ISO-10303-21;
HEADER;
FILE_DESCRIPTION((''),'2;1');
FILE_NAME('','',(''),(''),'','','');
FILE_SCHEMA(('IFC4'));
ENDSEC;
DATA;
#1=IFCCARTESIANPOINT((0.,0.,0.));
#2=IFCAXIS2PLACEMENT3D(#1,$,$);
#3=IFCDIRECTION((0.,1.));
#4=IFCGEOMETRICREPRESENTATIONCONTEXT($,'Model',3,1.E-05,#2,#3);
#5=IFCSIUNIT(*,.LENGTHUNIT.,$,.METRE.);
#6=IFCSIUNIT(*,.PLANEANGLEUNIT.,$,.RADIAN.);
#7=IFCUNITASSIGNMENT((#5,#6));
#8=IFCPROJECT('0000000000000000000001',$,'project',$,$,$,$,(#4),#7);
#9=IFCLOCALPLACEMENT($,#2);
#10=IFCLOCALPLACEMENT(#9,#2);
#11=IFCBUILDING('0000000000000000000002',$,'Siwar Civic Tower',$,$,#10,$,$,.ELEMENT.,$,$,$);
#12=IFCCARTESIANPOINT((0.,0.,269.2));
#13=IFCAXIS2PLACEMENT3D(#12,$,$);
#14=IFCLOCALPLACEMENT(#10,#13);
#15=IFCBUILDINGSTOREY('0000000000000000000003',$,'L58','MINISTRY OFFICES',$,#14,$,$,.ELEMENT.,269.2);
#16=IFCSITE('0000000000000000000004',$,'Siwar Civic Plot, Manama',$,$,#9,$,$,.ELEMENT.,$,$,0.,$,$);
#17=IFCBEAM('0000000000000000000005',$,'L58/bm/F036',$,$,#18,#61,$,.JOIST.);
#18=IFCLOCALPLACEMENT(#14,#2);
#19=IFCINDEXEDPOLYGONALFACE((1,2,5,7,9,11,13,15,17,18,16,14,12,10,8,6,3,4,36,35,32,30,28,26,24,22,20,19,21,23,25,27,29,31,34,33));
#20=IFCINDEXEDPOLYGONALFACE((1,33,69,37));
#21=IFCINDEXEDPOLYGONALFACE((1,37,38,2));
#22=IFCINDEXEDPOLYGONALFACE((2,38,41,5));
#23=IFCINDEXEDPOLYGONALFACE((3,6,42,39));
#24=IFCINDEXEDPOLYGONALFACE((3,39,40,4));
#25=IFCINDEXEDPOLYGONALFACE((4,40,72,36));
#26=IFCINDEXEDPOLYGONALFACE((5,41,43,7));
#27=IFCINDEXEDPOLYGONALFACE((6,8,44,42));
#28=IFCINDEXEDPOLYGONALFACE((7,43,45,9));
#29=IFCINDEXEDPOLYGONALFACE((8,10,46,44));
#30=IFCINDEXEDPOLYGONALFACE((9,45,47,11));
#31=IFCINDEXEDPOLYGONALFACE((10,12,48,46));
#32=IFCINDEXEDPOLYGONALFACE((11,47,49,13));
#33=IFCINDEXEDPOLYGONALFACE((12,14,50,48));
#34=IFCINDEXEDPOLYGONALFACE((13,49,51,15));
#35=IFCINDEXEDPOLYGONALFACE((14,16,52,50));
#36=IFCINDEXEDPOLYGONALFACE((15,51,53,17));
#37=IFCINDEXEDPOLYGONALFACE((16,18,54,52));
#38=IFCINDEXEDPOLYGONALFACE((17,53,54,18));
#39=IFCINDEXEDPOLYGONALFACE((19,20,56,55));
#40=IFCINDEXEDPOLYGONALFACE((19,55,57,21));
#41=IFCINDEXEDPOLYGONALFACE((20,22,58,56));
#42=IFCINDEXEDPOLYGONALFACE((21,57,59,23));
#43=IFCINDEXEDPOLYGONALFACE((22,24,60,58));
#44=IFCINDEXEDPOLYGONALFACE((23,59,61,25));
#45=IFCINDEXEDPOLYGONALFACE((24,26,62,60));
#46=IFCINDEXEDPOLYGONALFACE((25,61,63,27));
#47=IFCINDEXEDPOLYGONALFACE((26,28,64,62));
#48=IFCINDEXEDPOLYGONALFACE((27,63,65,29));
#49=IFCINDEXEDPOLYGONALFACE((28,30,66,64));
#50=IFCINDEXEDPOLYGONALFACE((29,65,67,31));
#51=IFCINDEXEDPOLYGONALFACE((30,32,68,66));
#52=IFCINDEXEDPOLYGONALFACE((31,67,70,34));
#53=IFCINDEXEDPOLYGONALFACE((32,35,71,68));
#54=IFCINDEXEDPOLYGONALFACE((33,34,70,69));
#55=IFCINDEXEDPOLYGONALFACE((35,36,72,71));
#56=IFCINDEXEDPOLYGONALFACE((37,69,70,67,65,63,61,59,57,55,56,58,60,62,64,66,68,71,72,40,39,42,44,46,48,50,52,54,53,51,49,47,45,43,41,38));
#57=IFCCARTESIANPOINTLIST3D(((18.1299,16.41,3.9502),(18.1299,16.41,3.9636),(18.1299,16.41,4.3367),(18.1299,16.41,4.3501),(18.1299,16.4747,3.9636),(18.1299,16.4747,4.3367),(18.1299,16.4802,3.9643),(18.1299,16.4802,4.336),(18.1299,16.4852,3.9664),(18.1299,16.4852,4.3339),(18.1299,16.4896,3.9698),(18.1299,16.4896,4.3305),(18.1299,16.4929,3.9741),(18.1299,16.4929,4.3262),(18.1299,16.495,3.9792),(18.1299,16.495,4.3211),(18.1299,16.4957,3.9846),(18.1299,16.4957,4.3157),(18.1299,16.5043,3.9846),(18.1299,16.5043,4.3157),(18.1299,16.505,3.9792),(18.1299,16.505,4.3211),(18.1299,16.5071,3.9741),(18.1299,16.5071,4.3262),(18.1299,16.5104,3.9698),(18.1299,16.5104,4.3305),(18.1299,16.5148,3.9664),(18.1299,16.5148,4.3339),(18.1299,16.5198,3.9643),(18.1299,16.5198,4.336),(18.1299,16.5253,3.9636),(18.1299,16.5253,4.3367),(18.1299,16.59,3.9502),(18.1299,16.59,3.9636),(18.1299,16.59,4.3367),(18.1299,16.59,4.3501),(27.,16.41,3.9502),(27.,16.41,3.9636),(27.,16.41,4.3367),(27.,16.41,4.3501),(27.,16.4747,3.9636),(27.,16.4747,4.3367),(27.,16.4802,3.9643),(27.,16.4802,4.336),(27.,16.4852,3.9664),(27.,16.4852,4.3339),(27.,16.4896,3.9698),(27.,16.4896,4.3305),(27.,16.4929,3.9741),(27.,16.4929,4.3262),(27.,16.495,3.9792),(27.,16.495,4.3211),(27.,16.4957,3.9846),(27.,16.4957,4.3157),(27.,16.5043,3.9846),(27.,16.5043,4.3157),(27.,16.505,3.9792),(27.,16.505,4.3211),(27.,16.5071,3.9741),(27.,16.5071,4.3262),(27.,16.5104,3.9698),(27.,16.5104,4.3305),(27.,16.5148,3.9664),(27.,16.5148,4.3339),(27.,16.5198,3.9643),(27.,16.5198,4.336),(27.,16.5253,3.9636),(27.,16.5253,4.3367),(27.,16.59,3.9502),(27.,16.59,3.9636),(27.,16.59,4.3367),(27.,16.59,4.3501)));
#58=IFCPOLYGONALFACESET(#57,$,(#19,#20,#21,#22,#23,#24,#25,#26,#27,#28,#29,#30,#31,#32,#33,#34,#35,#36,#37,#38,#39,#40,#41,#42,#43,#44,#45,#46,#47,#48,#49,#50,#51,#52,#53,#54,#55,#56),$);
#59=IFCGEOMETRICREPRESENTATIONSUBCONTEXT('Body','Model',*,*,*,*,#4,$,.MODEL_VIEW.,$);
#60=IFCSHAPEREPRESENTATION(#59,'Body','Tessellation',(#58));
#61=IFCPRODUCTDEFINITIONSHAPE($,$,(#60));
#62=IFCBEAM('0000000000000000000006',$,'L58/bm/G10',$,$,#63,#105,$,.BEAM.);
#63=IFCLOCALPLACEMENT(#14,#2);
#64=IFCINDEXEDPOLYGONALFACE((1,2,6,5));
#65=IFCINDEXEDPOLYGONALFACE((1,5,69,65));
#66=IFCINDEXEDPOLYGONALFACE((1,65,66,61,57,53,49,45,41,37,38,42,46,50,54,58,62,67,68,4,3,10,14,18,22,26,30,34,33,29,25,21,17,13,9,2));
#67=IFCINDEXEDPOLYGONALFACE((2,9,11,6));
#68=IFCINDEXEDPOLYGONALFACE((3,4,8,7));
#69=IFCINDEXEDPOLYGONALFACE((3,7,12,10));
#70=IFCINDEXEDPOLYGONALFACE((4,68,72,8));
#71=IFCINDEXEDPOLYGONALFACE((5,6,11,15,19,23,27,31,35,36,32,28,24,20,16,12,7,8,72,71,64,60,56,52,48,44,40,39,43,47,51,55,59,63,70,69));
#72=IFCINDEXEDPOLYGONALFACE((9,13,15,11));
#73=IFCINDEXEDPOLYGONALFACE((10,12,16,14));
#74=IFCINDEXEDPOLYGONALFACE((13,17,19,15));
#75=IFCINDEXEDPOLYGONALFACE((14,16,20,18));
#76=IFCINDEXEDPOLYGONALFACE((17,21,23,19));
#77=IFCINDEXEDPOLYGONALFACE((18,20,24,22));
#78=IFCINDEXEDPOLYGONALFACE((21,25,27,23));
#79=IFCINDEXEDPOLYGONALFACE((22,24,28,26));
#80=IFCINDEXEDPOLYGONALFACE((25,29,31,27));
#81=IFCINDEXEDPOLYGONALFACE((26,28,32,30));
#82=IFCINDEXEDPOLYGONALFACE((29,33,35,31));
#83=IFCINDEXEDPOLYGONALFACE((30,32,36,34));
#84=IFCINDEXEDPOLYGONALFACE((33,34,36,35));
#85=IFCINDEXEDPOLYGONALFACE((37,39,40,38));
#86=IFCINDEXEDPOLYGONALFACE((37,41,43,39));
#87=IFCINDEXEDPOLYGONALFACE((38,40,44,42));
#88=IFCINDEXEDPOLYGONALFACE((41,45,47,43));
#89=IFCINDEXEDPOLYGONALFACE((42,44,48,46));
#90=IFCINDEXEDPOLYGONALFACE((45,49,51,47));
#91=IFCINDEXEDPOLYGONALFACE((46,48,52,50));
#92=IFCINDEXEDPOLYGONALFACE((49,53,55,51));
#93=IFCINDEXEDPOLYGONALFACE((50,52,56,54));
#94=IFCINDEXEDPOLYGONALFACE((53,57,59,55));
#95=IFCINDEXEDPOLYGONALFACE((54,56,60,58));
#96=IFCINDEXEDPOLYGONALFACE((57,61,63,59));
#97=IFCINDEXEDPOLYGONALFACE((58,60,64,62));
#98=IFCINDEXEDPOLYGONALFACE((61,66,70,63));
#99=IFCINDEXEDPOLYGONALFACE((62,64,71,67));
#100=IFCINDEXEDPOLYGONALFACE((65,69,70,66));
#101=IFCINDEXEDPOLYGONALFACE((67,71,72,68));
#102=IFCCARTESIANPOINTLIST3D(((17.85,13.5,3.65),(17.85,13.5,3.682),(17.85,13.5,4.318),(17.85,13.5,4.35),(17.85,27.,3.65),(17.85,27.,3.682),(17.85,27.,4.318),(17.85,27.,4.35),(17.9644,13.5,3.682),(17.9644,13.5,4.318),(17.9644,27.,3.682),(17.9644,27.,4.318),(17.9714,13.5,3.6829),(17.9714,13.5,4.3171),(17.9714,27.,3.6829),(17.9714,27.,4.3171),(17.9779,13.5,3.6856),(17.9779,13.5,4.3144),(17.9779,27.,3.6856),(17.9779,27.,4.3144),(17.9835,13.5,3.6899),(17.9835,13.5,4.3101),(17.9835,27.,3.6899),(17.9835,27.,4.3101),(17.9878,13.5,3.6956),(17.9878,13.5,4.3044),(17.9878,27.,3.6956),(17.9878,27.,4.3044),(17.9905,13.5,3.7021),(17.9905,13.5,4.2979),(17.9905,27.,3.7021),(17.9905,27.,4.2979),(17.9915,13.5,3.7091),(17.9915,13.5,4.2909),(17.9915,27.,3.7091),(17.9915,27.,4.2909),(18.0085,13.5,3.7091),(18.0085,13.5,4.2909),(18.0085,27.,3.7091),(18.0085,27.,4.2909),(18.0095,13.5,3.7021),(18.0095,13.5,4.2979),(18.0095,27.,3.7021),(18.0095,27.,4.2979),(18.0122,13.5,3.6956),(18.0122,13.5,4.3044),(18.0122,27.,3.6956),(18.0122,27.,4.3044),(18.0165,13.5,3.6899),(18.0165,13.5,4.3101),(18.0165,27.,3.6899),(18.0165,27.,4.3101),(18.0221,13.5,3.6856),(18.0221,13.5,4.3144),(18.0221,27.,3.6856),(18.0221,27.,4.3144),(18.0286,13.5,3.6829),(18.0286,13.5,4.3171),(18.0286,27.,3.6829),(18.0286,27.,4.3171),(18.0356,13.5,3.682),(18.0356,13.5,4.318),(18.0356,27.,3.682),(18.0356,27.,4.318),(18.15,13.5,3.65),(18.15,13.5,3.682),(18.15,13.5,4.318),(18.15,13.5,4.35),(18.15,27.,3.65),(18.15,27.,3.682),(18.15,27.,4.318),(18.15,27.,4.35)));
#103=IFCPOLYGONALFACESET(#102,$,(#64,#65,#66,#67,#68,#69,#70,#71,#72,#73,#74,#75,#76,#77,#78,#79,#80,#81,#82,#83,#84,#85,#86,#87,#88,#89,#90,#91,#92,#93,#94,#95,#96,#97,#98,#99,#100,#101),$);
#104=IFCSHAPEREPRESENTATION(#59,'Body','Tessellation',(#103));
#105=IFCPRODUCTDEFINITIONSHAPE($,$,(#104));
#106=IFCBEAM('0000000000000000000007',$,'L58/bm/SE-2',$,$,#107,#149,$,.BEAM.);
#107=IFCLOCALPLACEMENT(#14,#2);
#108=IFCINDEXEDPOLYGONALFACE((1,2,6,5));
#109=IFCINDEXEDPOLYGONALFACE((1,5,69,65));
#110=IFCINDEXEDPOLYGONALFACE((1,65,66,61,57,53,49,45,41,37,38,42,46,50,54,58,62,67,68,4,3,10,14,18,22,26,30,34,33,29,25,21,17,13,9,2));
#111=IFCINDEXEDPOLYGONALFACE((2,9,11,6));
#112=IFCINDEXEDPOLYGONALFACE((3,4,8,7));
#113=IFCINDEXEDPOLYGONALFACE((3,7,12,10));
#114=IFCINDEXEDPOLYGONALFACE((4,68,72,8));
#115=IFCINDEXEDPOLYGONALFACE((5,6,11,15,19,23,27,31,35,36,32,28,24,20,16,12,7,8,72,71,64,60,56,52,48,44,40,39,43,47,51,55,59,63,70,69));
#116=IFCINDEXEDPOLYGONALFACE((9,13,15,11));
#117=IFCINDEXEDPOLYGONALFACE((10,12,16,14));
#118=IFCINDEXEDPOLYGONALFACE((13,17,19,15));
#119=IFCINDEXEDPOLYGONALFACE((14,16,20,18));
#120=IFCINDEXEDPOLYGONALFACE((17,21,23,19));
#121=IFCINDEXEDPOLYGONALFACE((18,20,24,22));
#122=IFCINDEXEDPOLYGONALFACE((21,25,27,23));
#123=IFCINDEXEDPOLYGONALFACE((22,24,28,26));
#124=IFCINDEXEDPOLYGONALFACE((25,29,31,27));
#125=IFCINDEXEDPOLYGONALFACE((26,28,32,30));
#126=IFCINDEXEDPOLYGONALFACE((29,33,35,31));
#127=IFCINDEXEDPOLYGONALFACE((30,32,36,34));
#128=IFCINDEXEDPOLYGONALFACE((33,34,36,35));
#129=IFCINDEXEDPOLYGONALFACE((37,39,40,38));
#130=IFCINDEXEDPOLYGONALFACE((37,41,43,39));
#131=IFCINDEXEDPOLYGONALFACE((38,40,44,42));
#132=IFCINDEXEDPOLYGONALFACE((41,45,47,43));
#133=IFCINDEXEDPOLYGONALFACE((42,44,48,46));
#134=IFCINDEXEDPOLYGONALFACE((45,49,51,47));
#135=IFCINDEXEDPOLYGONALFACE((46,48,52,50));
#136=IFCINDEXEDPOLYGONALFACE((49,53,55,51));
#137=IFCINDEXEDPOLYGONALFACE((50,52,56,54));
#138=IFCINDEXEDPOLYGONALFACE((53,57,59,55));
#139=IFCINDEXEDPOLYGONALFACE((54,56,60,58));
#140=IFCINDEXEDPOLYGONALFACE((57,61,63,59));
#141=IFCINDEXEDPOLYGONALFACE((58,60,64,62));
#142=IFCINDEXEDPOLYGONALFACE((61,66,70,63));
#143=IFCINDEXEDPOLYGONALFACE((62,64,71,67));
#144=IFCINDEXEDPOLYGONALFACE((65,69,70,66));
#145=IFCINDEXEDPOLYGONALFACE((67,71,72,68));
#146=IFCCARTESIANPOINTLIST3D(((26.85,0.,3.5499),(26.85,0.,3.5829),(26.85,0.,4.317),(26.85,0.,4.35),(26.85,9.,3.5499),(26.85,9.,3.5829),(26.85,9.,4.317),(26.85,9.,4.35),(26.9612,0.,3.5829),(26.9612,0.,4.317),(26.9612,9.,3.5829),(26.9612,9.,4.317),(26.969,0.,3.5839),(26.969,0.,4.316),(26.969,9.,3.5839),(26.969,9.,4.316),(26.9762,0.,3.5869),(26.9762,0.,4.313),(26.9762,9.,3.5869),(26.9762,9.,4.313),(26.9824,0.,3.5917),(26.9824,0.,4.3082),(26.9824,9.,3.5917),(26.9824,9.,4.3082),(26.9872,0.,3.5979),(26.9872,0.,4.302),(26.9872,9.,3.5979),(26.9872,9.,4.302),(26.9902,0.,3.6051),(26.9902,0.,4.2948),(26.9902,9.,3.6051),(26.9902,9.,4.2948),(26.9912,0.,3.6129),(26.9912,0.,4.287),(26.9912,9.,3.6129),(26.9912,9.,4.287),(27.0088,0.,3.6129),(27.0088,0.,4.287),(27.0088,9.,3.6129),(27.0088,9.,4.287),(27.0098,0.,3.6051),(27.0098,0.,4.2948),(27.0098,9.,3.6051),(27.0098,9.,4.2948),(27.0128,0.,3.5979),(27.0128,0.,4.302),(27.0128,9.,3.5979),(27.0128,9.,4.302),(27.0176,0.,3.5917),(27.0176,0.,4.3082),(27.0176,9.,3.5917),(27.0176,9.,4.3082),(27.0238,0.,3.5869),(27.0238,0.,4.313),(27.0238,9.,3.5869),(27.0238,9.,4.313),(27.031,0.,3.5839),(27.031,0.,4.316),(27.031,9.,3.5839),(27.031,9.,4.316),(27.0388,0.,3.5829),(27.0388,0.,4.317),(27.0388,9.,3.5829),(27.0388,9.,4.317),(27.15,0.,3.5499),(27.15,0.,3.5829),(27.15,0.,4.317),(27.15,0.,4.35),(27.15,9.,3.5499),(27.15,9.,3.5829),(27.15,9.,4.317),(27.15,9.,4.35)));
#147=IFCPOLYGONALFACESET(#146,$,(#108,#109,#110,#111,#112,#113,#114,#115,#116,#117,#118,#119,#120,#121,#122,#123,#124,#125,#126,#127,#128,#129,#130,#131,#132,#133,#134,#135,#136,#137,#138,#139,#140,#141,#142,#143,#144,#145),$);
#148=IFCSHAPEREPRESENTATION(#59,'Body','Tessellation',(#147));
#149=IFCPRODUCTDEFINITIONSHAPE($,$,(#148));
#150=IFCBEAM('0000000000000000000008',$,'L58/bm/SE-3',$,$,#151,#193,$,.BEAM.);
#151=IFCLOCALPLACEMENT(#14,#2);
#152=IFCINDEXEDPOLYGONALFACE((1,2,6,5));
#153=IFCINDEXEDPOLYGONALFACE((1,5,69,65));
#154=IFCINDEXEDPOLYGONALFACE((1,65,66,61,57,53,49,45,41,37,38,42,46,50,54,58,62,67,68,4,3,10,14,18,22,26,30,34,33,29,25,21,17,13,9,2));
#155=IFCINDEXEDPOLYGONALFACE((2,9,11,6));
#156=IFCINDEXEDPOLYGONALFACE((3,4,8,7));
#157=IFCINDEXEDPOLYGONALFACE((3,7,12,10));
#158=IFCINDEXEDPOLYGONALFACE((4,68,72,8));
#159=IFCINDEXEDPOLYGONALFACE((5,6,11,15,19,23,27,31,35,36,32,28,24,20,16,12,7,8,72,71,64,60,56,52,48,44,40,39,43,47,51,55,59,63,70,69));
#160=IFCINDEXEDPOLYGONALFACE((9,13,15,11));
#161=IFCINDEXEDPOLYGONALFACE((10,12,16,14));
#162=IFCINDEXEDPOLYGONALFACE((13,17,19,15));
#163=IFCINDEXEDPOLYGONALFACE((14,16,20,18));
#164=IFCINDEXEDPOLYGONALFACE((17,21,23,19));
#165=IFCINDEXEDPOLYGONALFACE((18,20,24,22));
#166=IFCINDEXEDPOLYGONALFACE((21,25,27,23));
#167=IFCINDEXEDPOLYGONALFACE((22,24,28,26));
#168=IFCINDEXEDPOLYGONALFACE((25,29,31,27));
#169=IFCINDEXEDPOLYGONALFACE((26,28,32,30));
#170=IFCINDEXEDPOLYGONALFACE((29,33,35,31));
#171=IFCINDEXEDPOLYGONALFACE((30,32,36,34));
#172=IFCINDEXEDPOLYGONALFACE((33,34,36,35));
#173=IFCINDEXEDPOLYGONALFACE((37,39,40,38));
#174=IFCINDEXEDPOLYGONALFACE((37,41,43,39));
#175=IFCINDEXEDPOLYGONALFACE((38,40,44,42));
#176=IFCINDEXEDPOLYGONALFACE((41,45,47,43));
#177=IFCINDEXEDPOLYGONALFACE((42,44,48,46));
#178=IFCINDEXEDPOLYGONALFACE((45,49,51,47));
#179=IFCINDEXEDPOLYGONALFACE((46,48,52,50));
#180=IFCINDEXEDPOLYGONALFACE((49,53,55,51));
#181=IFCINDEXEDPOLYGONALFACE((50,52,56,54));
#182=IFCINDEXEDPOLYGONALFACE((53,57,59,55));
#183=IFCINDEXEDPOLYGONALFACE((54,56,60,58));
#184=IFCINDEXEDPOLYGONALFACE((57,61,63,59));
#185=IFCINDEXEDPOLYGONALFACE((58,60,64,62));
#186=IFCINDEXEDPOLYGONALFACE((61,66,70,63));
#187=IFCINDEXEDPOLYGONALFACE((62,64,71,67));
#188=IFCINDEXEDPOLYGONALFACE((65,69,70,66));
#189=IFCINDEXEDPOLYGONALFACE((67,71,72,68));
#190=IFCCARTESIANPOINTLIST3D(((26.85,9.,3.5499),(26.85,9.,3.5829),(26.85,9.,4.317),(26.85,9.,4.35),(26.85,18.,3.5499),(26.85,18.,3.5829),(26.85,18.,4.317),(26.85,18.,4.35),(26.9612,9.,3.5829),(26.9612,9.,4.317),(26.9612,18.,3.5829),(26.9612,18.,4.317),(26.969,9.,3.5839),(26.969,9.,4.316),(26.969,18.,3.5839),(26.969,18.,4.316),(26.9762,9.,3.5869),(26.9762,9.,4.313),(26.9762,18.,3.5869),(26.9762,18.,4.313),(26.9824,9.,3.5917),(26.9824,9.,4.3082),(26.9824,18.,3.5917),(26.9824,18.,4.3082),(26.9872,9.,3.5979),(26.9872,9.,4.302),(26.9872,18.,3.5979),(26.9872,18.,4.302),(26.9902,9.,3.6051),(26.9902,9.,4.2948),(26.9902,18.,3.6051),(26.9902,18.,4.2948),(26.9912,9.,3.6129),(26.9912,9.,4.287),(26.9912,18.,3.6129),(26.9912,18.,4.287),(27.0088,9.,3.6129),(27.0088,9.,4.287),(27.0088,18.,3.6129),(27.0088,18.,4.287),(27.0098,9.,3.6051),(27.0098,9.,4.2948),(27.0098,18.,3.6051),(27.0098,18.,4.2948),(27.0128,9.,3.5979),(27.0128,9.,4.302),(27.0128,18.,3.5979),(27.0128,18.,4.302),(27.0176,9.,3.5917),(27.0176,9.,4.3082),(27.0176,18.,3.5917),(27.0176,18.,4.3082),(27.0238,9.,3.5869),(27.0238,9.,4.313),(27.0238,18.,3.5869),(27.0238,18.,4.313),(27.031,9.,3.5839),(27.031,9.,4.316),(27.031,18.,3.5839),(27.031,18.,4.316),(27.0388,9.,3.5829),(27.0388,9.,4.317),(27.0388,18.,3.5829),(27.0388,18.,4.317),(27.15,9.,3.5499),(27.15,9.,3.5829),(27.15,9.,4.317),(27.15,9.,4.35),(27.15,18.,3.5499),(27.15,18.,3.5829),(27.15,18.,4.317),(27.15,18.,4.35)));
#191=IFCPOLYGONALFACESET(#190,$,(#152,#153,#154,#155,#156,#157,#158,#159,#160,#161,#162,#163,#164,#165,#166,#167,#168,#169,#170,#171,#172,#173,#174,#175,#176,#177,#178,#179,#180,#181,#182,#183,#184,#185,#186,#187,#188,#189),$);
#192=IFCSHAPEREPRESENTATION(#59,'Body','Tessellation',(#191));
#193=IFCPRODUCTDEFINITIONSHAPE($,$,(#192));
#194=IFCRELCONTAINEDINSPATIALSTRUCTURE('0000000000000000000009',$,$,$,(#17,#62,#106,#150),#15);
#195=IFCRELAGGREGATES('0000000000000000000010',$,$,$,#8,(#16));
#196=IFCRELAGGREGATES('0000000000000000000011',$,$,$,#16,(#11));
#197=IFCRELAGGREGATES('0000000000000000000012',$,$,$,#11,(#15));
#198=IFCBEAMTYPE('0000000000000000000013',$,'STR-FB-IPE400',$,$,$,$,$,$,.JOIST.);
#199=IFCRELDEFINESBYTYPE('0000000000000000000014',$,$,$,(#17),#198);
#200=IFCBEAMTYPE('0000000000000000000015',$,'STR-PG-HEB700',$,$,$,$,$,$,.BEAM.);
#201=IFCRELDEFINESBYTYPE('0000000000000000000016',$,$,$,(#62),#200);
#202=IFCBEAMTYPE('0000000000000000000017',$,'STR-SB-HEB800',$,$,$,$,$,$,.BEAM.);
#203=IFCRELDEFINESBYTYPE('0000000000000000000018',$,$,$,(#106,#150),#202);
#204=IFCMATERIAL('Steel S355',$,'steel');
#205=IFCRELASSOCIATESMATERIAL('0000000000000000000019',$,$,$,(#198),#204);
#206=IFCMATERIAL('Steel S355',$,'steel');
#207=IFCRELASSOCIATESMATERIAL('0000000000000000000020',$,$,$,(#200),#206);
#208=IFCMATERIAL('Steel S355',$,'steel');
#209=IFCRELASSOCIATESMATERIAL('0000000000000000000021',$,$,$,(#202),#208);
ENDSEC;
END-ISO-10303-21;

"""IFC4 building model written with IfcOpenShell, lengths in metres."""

from ifc_helpers import new_model, si_unit, direction, frame, origin, origin_2d, place, context, subcontext, project, spatial, i_section, extrude, material, material_profile, profile_set, type_object, element, save


model = new_model("IFC4")

# Units and contexts
model_context = context("Model", 3, precision=1e-05, world=origin(), true_north=direction((0.0, 1.0)))
body_context = subcontext(model_context, "Body", "Model", "MODEL_VIEW")
ifc_project = project(units=[si_unit("LENGTHUNIT", "METRE"), si_unit("PLANEANGLEUNIT", "RADIAN")], contexts=[model_context])

# Site, building, storey
site_placement = place(None, origin())
site = spatial("IfcSite", under=ifc_project, at=site_placement, Name="Siwar Civic Plot, Manama", CompositionType="ELEMENT", RefElevation=0.0)
building_placement = place(site_placement, origin())
building = spatial("IfcBuilding", under=site, at=building_placement, Name="Siwar Civic Tower", CompositionType="ELEMENT")
storey_placement = place(building_placement, frame((0.0, 0.0, 269.2)))
storey = spatial("IfcBuildingStorey", under=building, at=storey_placement, Name="L58", Description="MINISTRY OFFICES", CompositionType="ELEMENT", Elevation=269.2)

# Beams
ifc_material_1 = material(Name="Steel S355", Category="steel")
ifc_material_profile_1 = material_profile(ifc_material_1, i_section(OverallWidth=0.1799, OverallDepth=0.3999, WebThickness=0.0085, FlangeThickness=0.0134, FilletRadius=0.021, at=origin_2d()), Name="IPE400")
ifc_profile_set_1 = profile_set([ifc_material_profile_1], Name="Steel S355")
beam_type_1 = type_object("IfcBeamType", Name="STR-FB-IPE400", PredefinedType="JOIST", material=ifc_profile_set_1)
beam_1_placement = place(storey_placement, frame((18.1299, 16.5, 4.1501), z_axis=(1.0, 0.0, 0.0), x_axis=(0.0, 1.0, 0.0)))
element("IfcBeam", 1, at=beam_1_placement, inside=storey, type_object=beam_type_1, Name="L58/bm/F036", PredefinedType="JOIST", context=body_context, shape_type="SweptSolid", body=[
    extrude(i_section(OverallWidth=0.1799, OverallDepth=0.3999, WebThickness=0.0085, FlangeThickness=0.0134, FilletRadius=0.021, at=origin_2d()), origin(), (0.0, 0.0, 1.0), 8.8701),
])
ifc_material_2 = material(Name="Steel S355", Category="steel")
ifc_material_profile_2 = material_profile(ifc_material_2, i_section(OverallWidth=0.3, OverallDepth=0.7, WebThickness=0.0171, FlangeThickness=0.032, FilletRadius=0.0271, at=origin_2d()), Name="HEB700")
ifc_profile_set_2 = profile_set([ifc_material_profile_2], Name="Steel S355")
beam_type_2 = type_object("IfcBeamType", Name="STR-PG-HEB700", PredefinedType="BEAM", material=ifc_profile_set_2)
beam_2_placement = place(storey_placement, frame((18.0, 13.5, 4.0), z_axis=(0.0, 1.0, 0.0), x_axis=(-1.0, 0.0, 0.0)))
element("IfcBeam", 2, at=beam_2_placement, inside=storey, type_object=beam_type_2, Name="L58/bm/G10", PredefinedType="BEAM", context=body_context, shape_type="SweptSolid", body=[
    extrude(i_section(OverallWidth=0.3, OverallDepth=0.7, WebThickness=0.0171, FlangeThickness=0.032, FilletRadius=0.0271, at=origin_2d()), origin(), (0.0, 0.0, 1.0), 13.5),
])
ifc_material_3 = material(Name="Steel S355", Category="steel")
ifc_material_profile_3 = material_profile(ifc_material_3, i_section(OverallWidth=0.3, OverallDepth=0.8, WebThickness=0.0176, FlangeThickness=0.033, FilletRadius=0.03, at=origin_2d()), Name="HEB800")
ifc_profile_set_3 = profile_set([ifc_material_profile_3], Name="Steel S355")
beam_type_3 = type_object("IfcBeamType", Name="STR-SB-HEB800", PredefinedType="BEAM", material=ifc_profile_set_3)
for number, where, z_axis, x_axis, name in (
    (3, (27.0, 0.0, 3.95), (0.0, 1.0, 0.0), (-1.0, 0.0, 0.0), "L58/bm/SE-2"),
    (4, (27.0, 9.0, 3.95), (0.0, 1.0, 0.0), (-1.0, 0.0, 0.0), "L58/bm/SE-3"),
):
    element("IfcBeam", number, at=place(storey_placement, frame(where, z_axis=z_axis, x_axis=x_axis)), inside=storey, type_object=beam_type_3, Name=name, PredefinedType="BEAM", context=body_context, shape_type="SweptSolid", body=[
        extrude(i_section(OverallWidth=0.3, OverallDepth=0.8, WebThickness=0.0176, FlangeThickness=0.033, FilletRadius=0.03, at=origin_2d()), origin(), (0.0, 0.0, 1.0), 9.0),
    ])

save(model, "model.ifc")
